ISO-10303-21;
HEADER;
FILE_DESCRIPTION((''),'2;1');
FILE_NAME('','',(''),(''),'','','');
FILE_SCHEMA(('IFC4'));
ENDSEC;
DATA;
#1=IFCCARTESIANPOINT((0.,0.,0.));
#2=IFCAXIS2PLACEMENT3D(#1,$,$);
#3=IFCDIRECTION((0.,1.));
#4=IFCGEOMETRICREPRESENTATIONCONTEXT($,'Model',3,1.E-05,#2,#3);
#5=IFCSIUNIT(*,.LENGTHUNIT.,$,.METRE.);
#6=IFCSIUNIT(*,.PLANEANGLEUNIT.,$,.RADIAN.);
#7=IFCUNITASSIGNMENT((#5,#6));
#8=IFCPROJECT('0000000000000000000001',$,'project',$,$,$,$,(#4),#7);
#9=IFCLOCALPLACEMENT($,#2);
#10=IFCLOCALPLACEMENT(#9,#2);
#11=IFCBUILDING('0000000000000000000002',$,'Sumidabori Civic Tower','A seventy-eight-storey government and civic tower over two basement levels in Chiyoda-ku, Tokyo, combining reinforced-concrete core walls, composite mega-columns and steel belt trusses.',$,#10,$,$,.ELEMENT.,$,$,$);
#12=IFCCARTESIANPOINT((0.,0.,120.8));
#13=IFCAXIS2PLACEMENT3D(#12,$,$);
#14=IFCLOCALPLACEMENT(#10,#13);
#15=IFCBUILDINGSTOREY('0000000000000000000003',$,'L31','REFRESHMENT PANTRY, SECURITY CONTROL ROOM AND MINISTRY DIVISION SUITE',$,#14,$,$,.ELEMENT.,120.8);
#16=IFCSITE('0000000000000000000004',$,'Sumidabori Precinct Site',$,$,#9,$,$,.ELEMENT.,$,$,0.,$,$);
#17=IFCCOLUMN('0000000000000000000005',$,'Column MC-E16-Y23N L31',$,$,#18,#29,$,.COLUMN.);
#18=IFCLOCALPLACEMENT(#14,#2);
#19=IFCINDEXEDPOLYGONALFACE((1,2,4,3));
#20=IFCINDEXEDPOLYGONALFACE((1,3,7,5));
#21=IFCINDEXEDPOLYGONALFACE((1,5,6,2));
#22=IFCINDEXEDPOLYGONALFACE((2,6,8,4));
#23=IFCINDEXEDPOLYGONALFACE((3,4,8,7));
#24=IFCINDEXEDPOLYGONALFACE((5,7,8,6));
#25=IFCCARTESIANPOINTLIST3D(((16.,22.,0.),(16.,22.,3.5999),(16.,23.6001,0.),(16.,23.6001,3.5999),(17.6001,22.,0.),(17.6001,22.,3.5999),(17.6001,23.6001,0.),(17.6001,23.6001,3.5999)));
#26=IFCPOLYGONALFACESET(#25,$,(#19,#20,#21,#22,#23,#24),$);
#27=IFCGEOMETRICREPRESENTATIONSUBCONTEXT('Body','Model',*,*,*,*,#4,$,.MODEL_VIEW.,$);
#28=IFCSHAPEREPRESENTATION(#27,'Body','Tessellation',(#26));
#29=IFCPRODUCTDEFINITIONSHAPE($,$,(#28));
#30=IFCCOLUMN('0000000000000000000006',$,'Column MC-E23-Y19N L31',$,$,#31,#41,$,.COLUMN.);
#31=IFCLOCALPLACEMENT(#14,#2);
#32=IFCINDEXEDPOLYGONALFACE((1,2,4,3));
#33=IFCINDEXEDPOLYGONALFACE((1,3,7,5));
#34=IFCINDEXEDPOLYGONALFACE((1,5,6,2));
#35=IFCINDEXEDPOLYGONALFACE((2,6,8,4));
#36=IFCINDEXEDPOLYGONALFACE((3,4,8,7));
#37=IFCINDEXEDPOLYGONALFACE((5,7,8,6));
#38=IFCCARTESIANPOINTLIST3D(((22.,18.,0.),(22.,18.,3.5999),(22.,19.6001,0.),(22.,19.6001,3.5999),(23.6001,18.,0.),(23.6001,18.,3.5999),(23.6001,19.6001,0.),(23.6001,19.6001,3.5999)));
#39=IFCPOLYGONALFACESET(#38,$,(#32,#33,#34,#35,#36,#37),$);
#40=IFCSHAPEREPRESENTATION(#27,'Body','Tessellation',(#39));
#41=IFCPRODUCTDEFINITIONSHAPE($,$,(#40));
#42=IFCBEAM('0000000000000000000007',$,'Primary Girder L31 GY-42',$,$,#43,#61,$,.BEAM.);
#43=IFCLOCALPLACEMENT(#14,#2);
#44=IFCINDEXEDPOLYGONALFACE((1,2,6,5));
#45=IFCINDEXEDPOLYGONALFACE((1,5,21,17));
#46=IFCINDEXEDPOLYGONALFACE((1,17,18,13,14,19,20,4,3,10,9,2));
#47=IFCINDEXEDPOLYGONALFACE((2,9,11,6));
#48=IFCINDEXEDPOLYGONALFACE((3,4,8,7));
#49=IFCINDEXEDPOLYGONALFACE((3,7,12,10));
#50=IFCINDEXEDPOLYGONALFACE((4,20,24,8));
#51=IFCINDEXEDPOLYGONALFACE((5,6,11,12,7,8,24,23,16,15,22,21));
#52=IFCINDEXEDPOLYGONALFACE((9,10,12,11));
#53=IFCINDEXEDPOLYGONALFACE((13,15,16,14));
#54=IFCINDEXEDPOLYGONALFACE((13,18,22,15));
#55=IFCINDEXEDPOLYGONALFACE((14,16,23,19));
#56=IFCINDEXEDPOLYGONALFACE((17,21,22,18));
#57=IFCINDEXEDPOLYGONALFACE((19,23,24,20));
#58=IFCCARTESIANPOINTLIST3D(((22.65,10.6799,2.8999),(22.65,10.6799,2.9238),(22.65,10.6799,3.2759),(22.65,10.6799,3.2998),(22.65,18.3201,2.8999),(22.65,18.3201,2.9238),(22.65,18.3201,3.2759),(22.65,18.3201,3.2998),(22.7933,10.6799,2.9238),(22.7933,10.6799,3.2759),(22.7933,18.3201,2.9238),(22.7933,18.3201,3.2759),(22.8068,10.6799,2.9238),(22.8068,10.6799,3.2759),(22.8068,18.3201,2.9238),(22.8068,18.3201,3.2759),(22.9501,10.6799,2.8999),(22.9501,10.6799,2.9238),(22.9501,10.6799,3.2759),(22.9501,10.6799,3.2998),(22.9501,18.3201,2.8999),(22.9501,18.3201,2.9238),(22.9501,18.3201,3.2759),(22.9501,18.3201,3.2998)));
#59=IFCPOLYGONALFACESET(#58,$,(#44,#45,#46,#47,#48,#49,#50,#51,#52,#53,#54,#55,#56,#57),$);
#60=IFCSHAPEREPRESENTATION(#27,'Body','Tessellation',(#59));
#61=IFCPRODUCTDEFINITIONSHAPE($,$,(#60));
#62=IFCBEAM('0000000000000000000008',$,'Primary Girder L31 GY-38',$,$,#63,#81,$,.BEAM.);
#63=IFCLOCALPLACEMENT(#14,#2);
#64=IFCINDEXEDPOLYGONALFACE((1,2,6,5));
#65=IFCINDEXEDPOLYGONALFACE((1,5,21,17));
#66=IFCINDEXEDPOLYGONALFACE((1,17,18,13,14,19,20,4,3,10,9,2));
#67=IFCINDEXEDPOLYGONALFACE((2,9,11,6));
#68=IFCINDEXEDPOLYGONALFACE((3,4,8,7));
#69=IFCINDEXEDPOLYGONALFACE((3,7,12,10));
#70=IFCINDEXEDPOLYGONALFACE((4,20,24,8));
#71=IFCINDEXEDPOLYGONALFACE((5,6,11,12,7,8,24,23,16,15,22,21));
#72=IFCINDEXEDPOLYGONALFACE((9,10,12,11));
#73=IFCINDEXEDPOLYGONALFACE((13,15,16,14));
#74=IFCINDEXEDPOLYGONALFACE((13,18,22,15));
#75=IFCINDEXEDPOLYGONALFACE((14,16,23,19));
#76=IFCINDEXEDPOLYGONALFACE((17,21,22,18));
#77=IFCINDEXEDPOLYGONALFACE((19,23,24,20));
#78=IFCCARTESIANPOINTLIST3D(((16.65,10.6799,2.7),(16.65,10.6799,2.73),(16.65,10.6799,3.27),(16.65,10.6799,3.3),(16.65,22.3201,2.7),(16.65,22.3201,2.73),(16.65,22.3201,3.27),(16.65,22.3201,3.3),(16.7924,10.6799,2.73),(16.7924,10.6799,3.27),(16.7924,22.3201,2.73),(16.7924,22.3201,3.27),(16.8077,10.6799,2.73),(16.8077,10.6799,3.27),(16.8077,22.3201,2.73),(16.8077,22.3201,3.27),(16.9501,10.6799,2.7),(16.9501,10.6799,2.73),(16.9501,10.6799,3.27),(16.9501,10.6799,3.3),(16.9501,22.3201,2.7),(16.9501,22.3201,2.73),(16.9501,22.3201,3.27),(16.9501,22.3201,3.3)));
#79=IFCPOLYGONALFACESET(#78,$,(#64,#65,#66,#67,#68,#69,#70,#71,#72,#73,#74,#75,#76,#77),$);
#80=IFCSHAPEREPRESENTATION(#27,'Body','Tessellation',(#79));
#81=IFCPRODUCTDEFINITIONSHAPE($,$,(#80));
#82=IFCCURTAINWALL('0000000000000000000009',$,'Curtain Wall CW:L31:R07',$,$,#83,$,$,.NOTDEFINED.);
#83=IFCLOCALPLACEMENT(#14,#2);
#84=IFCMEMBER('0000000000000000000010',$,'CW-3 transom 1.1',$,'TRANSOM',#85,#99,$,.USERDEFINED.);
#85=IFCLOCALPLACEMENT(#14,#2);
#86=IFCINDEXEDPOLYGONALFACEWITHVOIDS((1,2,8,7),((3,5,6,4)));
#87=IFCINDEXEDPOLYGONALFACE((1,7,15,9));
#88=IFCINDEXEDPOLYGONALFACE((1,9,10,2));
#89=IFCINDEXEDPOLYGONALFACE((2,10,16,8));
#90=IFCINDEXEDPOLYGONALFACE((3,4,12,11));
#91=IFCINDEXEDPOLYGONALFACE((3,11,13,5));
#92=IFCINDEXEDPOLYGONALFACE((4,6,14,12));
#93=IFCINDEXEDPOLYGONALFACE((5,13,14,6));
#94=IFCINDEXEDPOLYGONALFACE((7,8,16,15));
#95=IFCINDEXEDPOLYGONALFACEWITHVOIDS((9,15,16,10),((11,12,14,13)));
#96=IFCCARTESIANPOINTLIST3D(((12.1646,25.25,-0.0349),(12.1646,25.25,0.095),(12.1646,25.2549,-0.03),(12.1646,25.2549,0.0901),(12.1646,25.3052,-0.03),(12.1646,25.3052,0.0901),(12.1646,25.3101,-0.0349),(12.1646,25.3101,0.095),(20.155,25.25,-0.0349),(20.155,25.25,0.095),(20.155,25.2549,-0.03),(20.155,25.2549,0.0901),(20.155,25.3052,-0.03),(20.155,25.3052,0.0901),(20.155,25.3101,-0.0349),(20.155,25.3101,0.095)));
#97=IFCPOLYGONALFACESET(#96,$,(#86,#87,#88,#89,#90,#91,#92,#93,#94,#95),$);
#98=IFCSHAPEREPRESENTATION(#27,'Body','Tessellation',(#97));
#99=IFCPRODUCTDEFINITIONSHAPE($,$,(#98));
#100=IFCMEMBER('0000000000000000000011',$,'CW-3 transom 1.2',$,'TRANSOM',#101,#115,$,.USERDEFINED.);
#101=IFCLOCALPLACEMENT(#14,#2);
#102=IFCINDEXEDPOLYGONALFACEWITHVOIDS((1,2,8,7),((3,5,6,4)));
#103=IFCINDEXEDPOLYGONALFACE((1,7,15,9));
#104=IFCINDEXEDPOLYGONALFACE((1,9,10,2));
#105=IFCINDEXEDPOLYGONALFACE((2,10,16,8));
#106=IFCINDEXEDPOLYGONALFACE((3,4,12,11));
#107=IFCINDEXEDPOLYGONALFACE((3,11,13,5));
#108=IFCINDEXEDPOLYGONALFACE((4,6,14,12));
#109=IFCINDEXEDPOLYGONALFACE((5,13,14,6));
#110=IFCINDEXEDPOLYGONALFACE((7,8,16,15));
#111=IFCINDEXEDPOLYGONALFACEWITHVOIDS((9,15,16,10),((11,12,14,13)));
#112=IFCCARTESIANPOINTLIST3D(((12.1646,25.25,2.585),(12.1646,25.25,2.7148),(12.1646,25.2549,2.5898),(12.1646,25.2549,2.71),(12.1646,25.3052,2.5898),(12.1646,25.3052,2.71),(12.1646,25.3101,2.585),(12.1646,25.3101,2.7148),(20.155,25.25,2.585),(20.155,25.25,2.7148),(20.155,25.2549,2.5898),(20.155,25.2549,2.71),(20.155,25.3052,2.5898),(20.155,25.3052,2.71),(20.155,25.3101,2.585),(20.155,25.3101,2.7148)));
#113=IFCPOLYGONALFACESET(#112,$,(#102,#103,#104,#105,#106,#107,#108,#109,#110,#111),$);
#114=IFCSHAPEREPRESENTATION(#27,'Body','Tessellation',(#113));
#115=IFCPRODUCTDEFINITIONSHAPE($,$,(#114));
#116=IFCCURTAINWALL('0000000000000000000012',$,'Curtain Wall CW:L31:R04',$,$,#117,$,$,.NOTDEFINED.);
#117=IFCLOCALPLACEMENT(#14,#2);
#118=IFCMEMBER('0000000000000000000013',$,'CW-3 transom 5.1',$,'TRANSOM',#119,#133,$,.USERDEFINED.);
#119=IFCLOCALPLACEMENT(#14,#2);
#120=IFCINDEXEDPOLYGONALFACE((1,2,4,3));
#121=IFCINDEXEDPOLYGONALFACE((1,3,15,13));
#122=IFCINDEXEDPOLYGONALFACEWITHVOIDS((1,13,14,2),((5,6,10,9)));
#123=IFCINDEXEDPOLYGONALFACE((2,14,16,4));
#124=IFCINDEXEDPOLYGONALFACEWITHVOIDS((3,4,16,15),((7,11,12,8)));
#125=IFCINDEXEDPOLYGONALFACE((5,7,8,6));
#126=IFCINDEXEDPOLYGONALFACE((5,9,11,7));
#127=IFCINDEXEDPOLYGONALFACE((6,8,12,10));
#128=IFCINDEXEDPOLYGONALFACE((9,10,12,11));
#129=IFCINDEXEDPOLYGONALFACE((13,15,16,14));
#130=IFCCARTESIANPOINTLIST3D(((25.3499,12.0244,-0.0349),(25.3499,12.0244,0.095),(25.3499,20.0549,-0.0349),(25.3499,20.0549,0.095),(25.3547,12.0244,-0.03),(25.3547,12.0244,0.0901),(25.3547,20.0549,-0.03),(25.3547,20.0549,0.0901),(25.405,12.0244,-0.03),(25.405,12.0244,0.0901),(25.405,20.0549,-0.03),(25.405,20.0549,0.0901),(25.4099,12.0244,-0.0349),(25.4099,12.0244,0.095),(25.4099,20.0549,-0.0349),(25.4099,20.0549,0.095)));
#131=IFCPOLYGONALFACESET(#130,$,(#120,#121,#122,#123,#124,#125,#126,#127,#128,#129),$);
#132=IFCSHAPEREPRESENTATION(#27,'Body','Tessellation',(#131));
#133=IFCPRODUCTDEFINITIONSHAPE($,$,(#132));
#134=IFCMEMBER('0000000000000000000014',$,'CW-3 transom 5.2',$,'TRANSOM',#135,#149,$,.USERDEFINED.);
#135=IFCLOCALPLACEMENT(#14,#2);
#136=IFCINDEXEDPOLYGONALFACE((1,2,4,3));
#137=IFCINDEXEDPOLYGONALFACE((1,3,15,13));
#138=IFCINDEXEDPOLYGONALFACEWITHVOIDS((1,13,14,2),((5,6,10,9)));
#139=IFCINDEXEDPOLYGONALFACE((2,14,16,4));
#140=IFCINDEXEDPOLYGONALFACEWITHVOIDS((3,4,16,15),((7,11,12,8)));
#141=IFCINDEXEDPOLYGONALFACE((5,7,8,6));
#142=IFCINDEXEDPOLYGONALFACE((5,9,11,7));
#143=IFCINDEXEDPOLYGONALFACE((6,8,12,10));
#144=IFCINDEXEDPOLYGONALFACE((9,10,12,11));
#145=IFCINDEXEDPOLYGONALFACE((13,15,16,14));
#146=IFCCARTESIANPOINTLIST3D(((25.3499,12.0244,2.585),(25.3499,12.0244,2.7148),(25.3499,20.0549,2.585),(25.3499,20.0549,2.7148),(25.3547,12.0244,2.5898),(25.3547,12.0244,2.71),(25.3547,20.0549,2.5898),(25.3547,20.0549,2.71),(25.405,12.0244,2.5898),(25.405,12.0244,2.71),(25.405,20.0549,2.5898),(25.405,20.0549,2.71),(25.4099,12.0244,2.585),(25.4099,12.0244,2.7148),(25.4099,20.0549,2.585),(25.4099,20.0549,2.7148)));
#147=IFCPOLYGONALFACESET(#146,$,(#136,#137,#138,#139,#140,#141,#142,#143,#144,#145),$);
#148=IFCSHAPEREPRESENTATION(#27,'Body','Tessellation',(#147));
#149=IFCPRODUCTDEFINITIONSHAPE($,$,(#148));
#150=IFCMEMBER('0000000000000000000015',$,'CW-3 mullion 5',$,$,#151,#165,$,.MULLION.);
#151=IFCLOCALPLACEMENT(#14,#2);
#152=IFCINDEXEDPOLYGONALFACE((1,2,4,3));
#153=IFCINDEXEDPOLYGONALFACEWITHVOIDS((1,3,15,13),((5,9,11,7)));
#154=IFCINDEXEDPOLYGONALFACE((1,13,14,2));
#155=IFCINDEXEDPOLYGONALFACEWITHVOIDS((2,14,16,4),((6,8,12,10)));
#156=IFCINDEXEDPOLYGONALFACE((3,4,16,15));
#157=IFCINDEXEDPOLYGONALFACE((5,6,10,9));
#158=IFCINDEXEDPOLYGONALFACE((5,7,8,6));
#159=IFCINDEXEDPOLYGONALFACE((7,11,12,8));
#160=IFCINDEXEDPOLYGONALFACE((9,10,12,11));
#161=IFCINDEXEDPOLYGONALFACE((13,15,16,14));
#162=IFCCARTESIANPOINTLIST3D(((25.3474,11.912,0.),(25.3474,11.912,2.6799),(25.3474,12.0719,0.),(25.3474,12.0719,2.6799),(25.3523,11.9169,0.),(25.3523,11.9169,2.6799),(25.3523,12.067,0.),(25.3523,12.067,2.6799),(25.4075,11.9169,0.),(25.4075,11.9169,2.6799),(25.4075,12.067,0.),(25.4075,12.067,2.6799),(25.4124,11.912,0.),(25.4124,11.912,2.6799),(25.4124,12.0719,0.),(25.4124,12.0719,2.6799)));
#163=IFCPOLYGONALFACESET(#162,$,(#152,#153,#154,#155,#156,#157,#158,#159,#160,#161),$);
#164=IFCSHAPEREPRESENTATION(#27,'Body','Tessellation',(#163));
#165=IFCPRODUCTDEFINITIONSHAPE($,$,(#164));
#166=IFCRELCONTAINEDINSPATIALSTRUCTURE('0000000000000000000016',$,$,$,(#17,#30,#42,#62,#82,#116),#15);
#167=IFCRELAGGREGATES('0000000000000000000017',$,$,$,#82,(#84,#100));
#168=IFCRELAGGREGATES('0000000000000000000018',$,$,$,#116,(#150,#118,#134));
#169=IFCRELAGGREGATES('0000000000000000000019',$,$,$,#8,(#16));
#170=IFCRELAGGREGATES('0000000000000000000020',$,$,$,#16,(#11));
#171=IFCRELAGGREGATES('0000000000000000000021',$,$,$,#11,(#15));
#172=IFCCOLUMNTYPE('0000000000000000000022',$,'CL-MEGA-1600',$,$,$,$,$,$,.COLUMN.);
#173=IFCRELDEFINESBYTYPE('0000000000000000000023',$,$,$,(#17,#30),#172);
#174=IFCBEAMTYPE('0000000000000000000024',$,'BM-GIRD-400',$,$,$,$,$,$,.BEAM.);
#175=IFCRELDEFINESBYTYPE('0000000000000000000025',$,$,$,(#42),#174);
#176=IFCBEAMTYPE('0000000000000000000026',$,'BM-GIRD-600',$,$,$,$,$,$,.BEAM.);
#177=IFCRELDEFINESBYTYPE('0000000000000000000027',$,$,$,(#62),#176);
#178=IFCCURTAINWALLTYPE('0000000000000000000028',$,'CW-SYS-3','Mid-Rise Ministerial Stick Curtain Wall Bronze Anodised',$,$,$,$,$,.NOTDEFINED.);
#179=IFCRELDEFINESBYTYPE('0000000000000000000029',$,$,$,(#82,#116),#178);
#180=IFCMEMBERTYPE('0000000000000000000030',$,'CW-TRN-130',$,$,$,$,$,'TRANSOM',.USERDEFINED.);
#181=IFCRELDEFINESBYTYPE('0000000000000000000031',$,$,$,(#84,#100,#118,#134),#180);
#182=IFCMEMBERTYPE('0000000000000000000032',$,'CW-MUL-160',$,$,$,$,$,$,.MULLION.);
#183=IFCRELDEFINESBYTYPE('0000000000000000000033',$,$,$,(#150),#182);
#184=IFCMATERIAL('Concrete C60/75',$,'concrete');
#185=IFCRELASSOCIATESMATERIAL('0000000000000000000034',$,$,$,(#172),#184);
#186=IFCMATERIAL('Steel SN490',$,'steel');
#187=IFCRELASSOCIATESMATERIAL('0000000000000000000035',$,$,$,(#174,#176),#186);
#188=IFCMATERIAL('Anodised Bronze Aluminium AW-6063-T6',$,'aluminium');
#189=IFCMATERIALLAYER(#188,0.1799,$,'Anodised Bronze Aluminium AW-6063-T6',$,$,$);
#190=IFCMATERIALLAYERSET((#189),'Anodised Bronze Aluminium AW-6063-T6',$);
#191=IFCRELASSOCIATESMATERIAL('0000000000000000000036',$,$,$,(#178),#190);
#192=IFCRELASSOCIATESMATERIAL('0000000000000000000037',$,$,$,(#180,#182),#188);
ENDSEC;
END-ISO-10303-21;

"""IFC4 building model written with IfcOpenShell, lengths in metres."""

from ifc_helpers import new_model, si_unit, direction, frame, origin, origin_2d, place, context, subcontext, project, spatial, rectangle, hollow_rectangle, i_section, extrude, source, transform, mapped, material, layer, layer_set, material_profile, profile_set, type_object, element, aggregate, save


model = new_model("IFC4")

# Units and contexts
model_context = context("Model", 3, precision=1e-05, world=origin(), true_north=direction((0.0, 1.0)))
body_context = subcontext(model_context, "Body", "Model", "MODEL_VIEW")
ifc_project = project(units=[si_unit("LENGTHUNIT", "METRE"), si_unit("PLANEANGLEUNIT", "RADIAN")], contexts=[model_context])

# Site, building, storey
site_placement = place(None, origin())
site = spatial("IfcSite", under=ifc_project, at=site_placement, Name="Sumidabori Precinct Site", CompositionType="ELEMENT", RefElevation=0.0)
building_placement = place(site_placement, origin())
building = spatial("IfcBuilding", under=site, at=building_placement, Name="Sumidabori Civic Tower", Description="A seventy-eight-storey government and civic tower over two basement levels in Chiyoda-ku, Tokyo, combining reinforced-concrete core walls, composite mega-columns and steel belt trusses.", CompositionType="ELEMENT")
storey_placement = place(building_placement, frame((0.0, 0.0, 120.8)))
storey = spatial("IfcBuildingStorey", under=building, at=storey_placement, Name="L31", Description="REFRESHMENT PANTRY, SECURITY CONTROL ROOM AND MINISTRY DIVISION SUITE", CompositionType="ELEMENT", Elevation=120.8)

# Columns
ifc_material_1 = material(Name="Concrete C60/75", Category="concrete")
ifc_material_profile_1 = material_profile(ifc_material_1, rectangle(XDim=1.6001, YDim=1.6001, at=origin_2d()), Name="RC 1600x1600")
ifc_profile_set_1 = profile_set([ifc_material_profile_1], Name="Concrete C60/75")
column_type = type_object("IfcColumnType", Name="CL-MEGA-1600", PredefinedType="COLUMN", material=ifc_profile_set_1)
shared_shape_1 = source(origin(), body_context, "Body", "SweptSolid", [
    extrude(rectangle(XDim=1.6001, YDim=1.6001, at=origin_2d()), origin(), (0.0, 0.0, 1.0), 3.5999),
])
for number, where, z_axis, x_axis, name in (
    (1, (16.8, 22.8, 0.0), (0.0, 0.0, 1.0), (1.0, 0.0, 0.0), "Column MC-E16-Y23N L31"),
    (2, (22.8, 18.8, 0.0), (0.0, 0.0, 1.0), (1.0, 0.0, 0.0), "Column MC-E23-Y19N L31"),
):
    element("IfcColumn", number, at=place(storey_placement, frame(where, z_axis=z_axis, x_axis=x_axis)), inside=storey, type_object=column_type, Name=name, PredefinedType="COLUMN", context=body_context, shape_type="MappedRepresentation", body=[
        mapped(shared_shape_1, transform((0.0, 0.0, 0.0), x_axis=(1.0, 0.0, 0.0), y_axis=(0.0, 1.0, 0.0), z_axis=(0.0, 0.0, 1.0), scale=1.0)),
    ])

# Beams
ifc_material_2 = material(Name="Steel SN490", Category="steel")
ifc_material_profile_2 = material_profile(ifc_material_2, i_section(OverallWidth=0.3, OverallDepth=0.3999, WebThickness=0.0134, FlangeThickness=0.0239, at=origin_2d()), Name="HE 400 B")
ifc_profile_set_2 = profile_set([ifc_material_profile_2], Name="Steel SN490")
beam_type_1 = type_object("IfcBeamType", Name="BM-GIRD-400", PredefinedType="BEAM", material=ifc_profile_set_2)
shared_shape_2 = source(origin(), body_context, "Body", "SweptSolid", [
    extrude(i_section(OverallWidth=0.3, OverallDepth=0.3999, WebThickness=0.0134, FlangeThickness=0.0239, at=origin_2d()), origin(), (0.0, 0.0, 1.0), 7.6401),
])
beam_1_placement = place(storey_placement, frame((22.8, 10.6799, 3.0999), z_axis=(0.0, 1.0, 0.0), x_axis=(-1.0, 0.0, 0.0)))
element("IfcBeam", 3, at=beam_1_placement, inside=storey, type_object=beam_type_1, Name="Primary Girder L31 GY-42", PredefinedType="BEAM", context=body_context, shape_type="MappedRepresentation", body=[
    mapped(shared_shape_2, transform((0.0, 0.0, 0.0), x_axis=(1.0, 0.0, 0.0), y_axis=(0.0, 1.0, 0.0), z_axis=(0.0, 0.0, 1.0), scale=1.0)),
])
ifc_material_profile_3 = material_profile(ifc_material_2, i_section(OverallWidth=0.3, OverallDepth=0.6001, WebThickness=0.0154, FlangeThickness=0.03, at=origin_2d()), Name="HE 600 B")
ifc_profile_set_3 = profile_set([ifc_material_profile_3], Name="Steel SN490")
beam_type_2 = type_object("IfcBeamType", Name="BM-GIRD-600", PredefinedType="BEAM", material=ifc_profile_set_3)
shared_shape_3 = source(origin(), body_context, "Body", "SweptSolid", [
    extrude(i_section(OverallWidth=0.3, OverallDepth=0.6001, WebThickness=0.0154, FlangeThickness=0.03, at=origin_2d()), origin(), (0.0, 0.0, 1.0), 11.6401),
])
beam_2_placement = place(storey_placement, frame((16.8, 10.6799, 3.0), z_axis=(0.0, 1.0, 0.0), x_axis=(-1.0, 0.0, 0.0)))
element("IfcBeam", 4, at=beam_2_placement, inside=storey, type_object=beam_type_2, Name="Primary Girder L31 GY-38", PredefinedType="BEAM", context=body_context, shape_type="MappedRepresentation", body=[
    mapped(shared_shape_3, transform((0.0, 0.0, 0.0), x_axis=(1.0, 0.0, 0.0), y_axis=(0.0, 1.0, 0.0), z_axis=(0.0, 0.0, 1.0), scale=1.0)),
])

# Curtain walls, members
ifc_material_3 = material(Name="Anodised Bronze Aluminium AW-6063-T6", Category="aluminium")
ifc_layer_1 = layer(ifc_material_3, 0.1799, Name="Anodised Bronze Aluminium AW-6063-T6")
ifc_layer_set_1 = layer_set([ifc_layer_1], Name="Anodised Bronze Aluminium AW-6063-T6")
curtain_wall_type = type_object("IfcCurtainWallType", Name="CW-SYS-3", Description="Mid-Rise Ministerial Stick Curtain Wall Bronze Anodised", PredefinedType="NOTDEFINED", material=ifc_layer_set_1)
curtain_wall_1_placement = place(storey_placement, origin())
curtain_wall_1 = element("IfcCurtainWall", 5, at=curtain_wall_1_placement, inside=storey, type_object=curtain_wall_type, Name="Curtain Wall CW:L31:R07", PredefinedType="NOTDEFINED")
ifc_material_profile_4 = material_profile(ifc_material_3, hollow_rectangle(XDim=0.0601, YDim=0.1299, WallThickness=0.0049, at=origin_2d()), Name="ALU TRANSOM 130x60")
ifc_profile_set_4 = profile_set([ifc_material_profile_4], Name="Anodised Bronze Aluminium AW-6063-T6")
member_type_1 = type_object("IfcMemberType", Name="CW-TRN-130", ElementType="TRANSOM", PredefinedType="USERDEFINED", material=ifc_profile_set_4)
shared_shape_4 = source(origin(), body_context, "Body", "SweptSolid", [
    extrude(hollow_rectangle(XDim=0.0601, YDim=0.1299, WallThickness=0.0049, at=origin_2d()), origin(), (0.0, 0.0, 1.0), 7.9905),
])
member_1_placement = place(storey_placement, frame((20.155, 25.28, 0.03), z_axis=(-1.0, 0.0, 0.0), x_axis=(0.0, -1.0, 0.0)))
member_1 = element("IfcMember", 6, at=member_1_placement, type_object=member_type_1, Name="CW-3 transom 1.1", ObjectType="TRANSOM", PredefinedType="USERDEFINED", context=body_context, shape_type="MappedRepresentation", body=[
    mapped(shared_shape_4, transform((0.0, 0.0, 0.0), x_axis=(1.0, 0.0, 0.0), y_axis=(0.0, 1.0, 0.0), z_axis=(0.0, 0.0, 1.0), scale=1.0)),
])
member_2_placement = place(storey_placement, frame((20.155, 25.28, 2.6499), z_axis=(-1.0, 0.0, 0.0), x_axis=(0.0, -1.0, 0.0)))
member_2 = element("IfcMember", 7, at=member_2_placement, type_object=member_type_1, Name="CW-3 transom 1.2", ObjectType="TRANSOM", PredefinedType="USERDEFINED", context=body_context, shape_type="MappedRepresentation", body=[
    mapped(shared_shape_4, transform((0.0, 0.0, 0.0), x_axis=(1.0, 0.0, 0.0), y_axis=(0.0, 1.0, 0.0), z_axis=(0.0, 0.0, 1.0), scale=1.0)),
])
curtain_wall_2_placement = place(storey_placement, origin())
curtain_wall_2 = element("IfcCurtainWall", 8, at=curtain_wall_2_placement, inside=storey, type_object=curtain_wall_type, Name="Curtain Wall CW:L31:R04", PredefinedType="NOTDEFINED")
shared_shape_5 = source(origin(), body_context, "Body", "SweptSolid", [
    extrude(hollow_rectangle(XDim=0.0601, YDim=0.1299, WallThickness=0.0049, at=origin_2d()), origin(), (0.0, 0.0, 1.0), 8.0305),
])
member_3_placement = place(storey_placement, frame((25.3799, 12.0244, 0.03), z_axis=(0.0, 1.0, 0.0), x_axis=(-1.0, 0.0, 0.0)))
member_3 = element("IfcMember", 9, at=member_3_placement, type_object=member_type_1, Name="CW-3 transom 5.1", ObjectType="TRANSOM", PredefinedType="USERDEFINED", context=body_context, shape_type="MappedRepresentation", body=[
    mapped(shared_shape_5, transform((0.0, 0.0, 0.0), x_axis=(1.0, 0.0, 0.0), y_axis=(0.0, 1.0, 0.0), z_axis=(0.0, 0.0, 1.0), scale=1.0)),
])
member_4_placement = place(storey_placement, frame((25.3799, 12.0244, 2.6499), z_axis=(0.0, 1.0, 0.0), x_axis=(-1.0, 0.0, 0.0)))
member_4 = element("IfcMember", 10, at=member_4_placement, type_object=member_type_1, Name="CW-3 transom 5.2", ObjectType="TRANSOM", PredefinedType="USERDEFINED", context=body_context, shape_type="MappedRepresentation", body=[
    mapped(shared_shape_5, transform((0.0, 0.0, 0.0), x_axis=(1.0, 0.0, 0.0), y_axis=(0.0, 1.0, 0.0), z_axis=(0.0, 0.0, 1.0), scale=1.0)),
])
ifc_material_profile_5 = material_profile(ifc_material_3, hollow_rectangle(XDim=0.0649, YDim=0.1599, WallThickness=0.0049, at=origin_2d()), Name="ALU MULLION 160x65")
ifc_profile_set_5 = profile_set([ifc_material_profile_5], Name="Anodised Bronze Aluminium AW-6063-T6")
member_type_2 = type_object("IfcMemberType", Name="CW-MUL-160", PredefinedType="MULLION", material=ifc_profile_set_5)
shared_shape_6 = source(origin(), body_context, "Body", "SweptSolid", [
    extrude(hollow_rectangle(XDim=0.0649, YDim=0.1599, WallThickness=0.0049, at=origin_2d()), origin(), (0.0, 0.0, 1.0), 2.6799),
])
member_5_placement = place(storey_placement, frame((25.3799, 11.9919, 0.0), z_axis=(0.0, 0.0, 1.0), x_axis=(-1.0, 0.0, 0.0)))
member_5 = element("IfcMember", 11, at=member_5_placement, type_object=member_type_2, Name="CW-3 mullion 5", PredefinedType="MULLION", context=body_context, shape_type="MappedRepresentation", body=[
    mapped(shared_shape_6, transform((0.0, 0.0, 0.0), x_axis=(1.0, 0.0, 0.0), y_axis=(0.0, 1.0, 0.0), z_axis=(0.0, 0.0, 1.0), scale=1.0)),
])

aggregate(curtain_wall_1, [member_1, member_2])
aggregate(curtain_wall_2, [member_5, member_3, member_4])

save(model, "model.ifc")
